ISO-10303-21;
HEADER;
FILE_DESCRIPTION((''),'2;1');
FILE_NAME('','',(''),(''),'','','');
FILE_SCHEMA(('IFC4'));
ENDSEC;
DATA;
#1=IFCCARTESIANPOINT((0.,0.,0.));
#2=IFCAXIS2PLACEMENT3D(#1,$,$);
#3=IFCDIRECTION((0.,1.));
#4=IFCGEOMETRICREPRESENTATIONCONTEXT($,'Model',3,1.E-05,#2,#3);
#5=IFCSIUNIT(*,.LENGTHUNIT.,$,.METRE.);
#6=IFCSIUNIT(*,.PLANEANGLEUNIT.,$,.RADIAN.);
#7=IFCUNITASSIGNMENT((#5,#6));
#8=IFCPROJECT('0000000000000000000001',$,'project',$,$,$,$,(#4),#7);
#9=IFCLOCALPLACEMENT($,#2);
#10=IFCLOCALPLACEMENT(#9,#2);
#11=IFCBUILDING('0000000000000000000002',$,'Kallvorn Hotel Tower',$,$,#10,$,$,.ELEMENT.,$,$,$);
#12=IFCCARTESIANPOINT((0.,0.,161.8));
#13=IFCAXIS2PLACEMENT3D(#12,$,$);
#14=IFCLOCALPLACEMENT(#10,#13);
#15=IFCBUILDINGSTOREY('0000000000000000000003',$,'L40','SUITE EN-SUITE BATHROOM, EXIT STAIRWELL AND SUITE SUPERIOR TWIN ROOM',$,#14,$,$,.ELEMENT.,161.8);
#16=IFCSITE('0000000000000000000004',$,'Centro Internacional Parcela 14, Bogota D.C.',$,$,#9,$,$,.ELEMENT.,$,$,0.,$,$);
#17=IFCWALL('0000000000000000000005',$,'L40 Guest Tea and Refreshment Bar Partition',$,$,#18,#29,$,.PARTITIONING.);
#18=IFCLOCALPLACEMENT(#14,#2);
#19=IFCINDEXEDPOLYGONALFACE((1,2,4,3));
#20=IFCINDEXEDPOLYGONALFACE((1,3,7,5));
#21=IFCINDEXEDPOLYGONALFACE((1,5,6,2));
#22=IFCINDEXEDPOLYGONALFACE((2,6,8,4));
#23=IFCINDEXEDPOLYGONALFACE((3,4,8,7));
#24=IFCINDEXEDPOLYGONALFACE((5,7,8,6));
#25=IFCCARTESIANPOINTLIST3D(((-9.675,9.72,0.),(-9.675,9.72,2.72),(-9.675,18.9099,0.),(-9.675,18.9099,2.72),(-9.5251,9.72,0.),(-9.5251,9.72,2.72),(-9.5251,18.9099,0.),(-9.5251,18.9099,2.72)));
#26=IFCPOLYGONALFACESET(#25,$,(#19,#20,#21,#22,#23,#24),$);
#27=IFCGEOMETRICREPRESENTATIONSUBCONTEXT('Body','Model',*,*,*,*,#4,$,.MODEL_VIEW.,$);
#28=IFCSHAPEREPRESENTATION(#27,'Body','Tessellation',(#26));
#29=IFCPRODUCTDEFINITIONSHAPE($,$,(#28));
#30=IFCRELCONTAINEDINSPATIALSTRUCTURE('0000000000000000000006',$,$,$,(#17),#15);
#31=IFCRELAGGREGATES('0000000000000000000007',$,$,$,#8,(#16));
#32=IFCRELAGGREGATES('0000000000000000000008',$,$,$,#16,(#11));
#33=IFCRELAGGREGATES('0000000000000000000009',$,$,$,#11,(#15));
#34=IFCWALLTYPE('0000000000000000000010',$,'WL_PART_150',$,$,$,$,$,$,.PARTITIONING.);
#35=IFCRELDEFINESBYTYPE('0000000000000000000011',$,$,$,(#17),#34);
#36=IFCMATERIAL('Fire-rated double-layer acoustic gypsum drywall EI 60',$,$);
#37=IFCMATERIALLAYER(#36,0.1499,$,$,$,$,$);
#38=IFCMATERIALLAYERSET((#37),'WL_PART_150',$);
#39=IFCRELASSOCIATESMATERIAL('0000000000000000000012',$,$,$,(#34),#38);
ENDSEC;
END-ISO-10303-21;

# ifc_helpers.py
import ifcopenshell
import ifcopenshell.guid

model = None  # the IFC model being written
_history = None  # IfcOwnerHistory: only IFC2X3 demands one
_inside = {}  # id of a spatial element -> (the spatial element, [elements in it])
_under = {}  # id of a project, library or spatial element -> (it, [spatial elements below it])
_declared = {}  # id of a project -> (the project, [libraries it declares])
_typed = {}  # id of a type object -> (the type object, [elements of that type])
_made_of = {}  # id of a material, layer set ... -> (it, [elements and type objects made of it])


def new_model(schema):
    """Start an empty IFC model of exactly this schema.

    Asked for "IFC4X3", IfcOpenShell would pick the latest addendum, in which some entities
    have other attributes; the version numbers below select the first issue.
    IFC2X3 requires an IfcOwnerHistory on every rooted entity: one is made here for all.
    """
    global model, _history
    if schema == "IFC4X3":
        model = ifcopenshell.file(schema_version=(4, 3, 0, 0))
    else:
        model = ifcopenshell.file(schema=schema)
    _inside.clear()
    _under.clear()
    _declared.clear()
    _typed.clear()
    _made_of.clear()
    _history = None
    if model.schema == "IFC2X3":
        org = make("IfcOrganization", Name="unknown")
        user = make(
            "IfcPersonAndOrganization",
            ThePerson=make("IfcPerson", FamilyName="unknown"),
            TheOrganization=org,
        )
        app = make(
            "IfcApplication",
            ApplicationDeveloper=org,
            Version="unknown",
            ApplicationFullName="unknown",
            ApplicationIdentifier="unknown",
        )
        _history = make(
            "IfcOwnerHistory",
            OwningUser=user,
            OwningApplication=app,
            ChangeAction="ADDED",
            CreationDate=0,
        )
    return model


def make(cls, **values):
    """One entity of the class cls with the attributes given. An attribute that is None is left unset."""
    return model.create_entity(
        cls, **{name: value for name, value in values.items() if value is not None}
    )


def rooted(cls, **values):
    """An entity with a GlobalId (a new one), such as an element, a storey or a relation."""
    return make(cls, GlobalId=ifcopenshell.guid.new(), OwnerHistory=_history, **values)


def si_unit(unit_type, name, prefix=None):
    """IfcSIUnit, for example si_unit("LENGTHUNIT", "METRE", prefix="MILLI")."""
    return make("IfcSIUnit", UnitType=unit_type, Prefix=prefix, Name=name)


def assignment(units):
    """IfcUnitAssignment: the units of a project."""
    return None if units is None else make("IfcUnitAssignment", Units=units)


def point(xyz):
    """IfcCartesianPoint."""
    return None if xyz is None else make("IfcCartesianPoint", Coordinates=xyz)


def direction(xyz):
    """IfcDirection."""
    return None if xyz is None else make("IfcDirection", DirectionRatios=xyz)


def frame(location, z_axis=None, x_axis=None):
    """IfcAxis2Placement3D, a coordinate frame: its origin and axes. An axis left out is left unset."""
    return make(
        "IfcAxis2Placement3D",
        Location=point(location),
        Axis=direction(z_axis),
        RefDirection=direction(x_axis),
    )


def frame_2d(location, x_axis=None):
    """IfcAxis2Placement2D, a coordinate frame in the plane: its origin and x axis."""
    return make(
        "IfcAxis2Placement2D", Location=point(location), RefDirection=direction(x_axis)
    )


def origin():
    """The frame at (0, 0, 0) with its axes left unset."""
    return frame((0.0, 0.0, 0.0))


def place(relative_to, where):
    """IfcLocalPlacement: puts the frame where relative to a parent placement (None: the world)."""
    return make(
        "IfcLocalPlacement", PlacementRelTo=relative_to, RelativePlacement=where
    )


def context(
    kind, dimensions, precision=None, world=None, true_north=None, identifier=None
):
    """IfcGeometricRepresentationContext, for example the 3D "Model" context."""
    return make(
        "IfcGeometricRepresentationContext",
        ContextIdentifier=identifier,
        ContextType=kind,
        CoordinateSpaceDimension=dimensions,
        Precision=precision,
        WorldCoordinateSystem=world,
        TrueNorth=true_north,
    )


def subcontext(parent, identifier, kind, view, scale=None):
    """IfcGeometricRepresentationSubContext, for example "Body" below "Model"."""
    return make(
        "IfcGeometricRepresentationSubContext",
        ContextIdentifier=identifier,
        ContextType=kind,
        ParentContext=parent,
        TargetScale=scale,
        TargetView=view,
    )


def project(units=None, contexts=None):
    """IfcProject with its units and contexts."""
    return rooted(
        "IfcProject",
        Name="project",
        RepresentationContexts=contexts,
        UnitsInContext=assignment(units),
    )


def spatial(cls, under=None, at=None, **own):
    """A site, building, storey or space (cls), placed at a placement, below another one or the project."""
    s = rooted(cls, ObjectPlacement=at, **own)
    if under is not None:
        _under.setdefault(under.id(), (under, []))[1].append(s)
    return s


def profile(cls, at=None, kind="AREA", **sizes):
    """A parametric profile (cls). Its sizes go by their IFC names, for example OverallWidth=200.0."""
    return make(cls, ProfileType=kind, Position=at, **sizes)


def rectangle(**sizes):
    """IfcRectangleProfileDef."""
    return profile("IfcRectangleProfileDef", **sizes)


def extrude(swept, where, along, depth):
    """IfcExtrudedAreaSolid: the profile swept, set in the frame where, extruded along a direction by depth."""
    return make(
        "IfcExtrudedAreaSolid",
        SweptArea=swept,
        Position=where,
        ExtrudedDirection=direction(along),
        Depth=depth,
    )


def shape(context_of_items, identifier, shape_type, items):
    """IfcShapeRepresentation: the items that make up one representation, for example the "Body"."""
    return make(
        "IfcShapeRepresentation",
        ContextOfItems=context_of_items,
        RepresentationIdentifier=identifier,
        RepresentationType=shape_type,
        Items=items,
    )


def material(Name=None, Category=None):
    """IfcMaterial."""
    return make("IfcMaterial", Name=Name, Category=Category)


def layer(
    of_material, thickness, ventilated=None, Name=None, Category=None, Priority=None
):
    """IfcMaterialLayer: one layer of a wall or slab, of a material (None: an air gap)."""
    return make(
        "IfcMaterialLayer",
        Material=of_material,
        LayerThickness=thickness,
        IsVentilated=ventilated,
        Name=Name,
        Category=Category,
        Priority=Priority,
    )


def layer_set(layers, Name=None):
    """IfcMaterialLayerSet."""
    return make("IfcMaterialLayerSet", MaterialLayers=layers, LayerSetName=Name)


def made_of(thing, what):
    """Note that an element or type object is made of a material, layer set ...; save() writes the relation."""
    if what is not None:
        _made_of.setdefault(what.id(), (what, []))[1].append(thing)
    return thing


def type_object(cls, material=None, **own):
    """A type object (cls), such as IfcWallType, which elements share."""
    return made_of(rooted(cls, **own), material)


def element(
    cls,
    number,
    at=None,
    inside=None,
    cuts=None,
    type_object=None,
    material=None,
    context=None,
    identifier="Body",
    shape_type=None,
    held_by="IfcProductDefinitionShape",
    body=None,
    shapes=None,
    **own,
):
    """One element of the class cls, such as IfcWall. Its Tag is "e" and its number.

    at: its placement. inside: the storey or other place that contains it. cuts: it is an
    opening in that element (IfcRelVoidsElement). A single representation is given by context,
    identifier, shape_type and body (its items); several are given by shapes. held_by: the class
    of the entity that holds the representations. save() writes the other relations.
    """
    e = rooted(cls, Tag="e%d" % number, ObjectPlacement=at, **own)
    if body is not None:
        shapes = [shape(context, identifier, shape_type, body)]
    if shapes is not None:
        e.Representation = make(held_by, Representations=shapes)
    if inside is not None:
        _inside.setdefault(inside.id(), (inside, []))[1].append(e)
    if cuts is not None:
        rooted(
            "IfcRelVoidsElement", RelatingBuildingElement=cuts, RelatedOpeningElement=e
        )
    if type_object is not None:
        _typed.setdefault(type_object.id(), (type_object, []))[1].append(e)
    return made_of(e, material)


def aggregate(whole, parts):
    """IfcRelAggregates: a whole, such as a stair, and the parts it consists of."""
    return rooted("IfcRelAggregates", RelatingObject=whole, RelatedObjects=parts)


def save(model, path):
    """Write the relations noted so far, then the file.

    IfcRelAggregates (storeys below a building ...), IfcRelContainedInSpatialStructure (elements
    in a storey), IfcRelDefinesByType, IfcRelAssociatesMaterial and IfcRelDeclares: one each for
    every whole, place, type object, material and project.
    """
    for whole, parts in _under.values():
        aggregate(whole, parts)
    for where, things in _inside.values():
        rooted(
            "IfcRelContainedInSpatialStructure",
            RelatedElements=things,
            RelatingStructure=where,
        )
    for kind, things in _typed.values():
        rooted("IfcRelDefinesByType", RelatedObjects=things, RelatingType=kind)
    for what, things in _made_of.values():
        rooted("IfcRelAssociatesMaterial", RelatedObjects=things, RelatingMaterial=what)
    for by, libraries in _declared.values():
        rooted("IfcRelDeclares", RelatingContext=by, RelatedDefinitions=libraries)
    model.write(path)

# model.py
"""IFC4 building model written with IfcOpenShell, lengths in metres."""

from ifc_helpers import new_model, si_unit, direction, frame, frame_2d, origin, place, context, subcontext, project, spatial, rectangle, extrude, material, layer, layer_set, type_object, element, save


model = new_model("IFC4")

# Units and contexts
model_context = context("Model", 3, precision=1e-05, world=origin(), true_north=direction((0.0, 1.0)))
body_context = subcontext(model_context, "Body", "Model", "MODEL_VIEW")
ifc_project = project(units=[si_unit("LENGTHUNIT", "METRE"), si_unit("PLANEANGLEUNIT", "RADIAN")], contexts=[model_context])

# Site, building, storey
site_placement = place(None, origin())
site = spatial("IfcSite", under=ifc_project, at=site_placement, Name="Centro Internacional Parcela 14, Bogota D.C.", CompositionType="ELEMENT", RefElevation=0.0)
building_placement = place(site_placement, origin())
building = spatial("IfcBuilding", under=site, at=building_placement, Name="Kallvorn Hotel Tower", CompositionType="ELEMENT")
storey_placement = place(building_placement, frame((0.0, 0.0, 161.8)))
storey = spatial("IfcBuildingStorey", under=building, at=storey_placement, Name="L40", Description="SUITE EN-SUITE BATHROOM, EXIT STAIRWELL AND SUITE SUPERIOR TWIN ROOM", CompositionType="ELEMENT", Elevation=161.8)

# Wall
ifc_material_1 = material(Name="Fire-rated double-layer acoustic gypsum drywall EI 60")
ifc_layer_1 = layer(ifc_material_1, 0.1499)
ifc_layer_set_1 = layer_set([ifc_layer_1], Name="WL_PART_150")
wall_type_1 = type_object("IfcWallType", Name="WL_PART_150", PredefinedType="PARTITIONING", material=ifc_layer_set_1)
for number, where, z_axis, x_axis, name in (
    (1, (-9.6001, 9.72, 0.0), (0.0, 0.0, 1.0), (0.0, 1.0, 0.0), "L40 Guest Tea and Refreshment Bar Partition"),
):
    element("IfcWall", number, at=place(storey_placement, frame(where, z_axis=z_axis, x_axis=x_axis)), inside=storey, type_object=wall_type_1, Name=name, PredefinedType="PARTITIONING", context=body_context, shape_type="SweptSolid", body=[
        extrude(rectangle(XDim=9.1899, YDim=0.1499, at=frame_2d((4.595, 0.0))), origin(), (0.0, 0.0, 1.0), 2.72),
    ])

save(model, "model.ifc")
